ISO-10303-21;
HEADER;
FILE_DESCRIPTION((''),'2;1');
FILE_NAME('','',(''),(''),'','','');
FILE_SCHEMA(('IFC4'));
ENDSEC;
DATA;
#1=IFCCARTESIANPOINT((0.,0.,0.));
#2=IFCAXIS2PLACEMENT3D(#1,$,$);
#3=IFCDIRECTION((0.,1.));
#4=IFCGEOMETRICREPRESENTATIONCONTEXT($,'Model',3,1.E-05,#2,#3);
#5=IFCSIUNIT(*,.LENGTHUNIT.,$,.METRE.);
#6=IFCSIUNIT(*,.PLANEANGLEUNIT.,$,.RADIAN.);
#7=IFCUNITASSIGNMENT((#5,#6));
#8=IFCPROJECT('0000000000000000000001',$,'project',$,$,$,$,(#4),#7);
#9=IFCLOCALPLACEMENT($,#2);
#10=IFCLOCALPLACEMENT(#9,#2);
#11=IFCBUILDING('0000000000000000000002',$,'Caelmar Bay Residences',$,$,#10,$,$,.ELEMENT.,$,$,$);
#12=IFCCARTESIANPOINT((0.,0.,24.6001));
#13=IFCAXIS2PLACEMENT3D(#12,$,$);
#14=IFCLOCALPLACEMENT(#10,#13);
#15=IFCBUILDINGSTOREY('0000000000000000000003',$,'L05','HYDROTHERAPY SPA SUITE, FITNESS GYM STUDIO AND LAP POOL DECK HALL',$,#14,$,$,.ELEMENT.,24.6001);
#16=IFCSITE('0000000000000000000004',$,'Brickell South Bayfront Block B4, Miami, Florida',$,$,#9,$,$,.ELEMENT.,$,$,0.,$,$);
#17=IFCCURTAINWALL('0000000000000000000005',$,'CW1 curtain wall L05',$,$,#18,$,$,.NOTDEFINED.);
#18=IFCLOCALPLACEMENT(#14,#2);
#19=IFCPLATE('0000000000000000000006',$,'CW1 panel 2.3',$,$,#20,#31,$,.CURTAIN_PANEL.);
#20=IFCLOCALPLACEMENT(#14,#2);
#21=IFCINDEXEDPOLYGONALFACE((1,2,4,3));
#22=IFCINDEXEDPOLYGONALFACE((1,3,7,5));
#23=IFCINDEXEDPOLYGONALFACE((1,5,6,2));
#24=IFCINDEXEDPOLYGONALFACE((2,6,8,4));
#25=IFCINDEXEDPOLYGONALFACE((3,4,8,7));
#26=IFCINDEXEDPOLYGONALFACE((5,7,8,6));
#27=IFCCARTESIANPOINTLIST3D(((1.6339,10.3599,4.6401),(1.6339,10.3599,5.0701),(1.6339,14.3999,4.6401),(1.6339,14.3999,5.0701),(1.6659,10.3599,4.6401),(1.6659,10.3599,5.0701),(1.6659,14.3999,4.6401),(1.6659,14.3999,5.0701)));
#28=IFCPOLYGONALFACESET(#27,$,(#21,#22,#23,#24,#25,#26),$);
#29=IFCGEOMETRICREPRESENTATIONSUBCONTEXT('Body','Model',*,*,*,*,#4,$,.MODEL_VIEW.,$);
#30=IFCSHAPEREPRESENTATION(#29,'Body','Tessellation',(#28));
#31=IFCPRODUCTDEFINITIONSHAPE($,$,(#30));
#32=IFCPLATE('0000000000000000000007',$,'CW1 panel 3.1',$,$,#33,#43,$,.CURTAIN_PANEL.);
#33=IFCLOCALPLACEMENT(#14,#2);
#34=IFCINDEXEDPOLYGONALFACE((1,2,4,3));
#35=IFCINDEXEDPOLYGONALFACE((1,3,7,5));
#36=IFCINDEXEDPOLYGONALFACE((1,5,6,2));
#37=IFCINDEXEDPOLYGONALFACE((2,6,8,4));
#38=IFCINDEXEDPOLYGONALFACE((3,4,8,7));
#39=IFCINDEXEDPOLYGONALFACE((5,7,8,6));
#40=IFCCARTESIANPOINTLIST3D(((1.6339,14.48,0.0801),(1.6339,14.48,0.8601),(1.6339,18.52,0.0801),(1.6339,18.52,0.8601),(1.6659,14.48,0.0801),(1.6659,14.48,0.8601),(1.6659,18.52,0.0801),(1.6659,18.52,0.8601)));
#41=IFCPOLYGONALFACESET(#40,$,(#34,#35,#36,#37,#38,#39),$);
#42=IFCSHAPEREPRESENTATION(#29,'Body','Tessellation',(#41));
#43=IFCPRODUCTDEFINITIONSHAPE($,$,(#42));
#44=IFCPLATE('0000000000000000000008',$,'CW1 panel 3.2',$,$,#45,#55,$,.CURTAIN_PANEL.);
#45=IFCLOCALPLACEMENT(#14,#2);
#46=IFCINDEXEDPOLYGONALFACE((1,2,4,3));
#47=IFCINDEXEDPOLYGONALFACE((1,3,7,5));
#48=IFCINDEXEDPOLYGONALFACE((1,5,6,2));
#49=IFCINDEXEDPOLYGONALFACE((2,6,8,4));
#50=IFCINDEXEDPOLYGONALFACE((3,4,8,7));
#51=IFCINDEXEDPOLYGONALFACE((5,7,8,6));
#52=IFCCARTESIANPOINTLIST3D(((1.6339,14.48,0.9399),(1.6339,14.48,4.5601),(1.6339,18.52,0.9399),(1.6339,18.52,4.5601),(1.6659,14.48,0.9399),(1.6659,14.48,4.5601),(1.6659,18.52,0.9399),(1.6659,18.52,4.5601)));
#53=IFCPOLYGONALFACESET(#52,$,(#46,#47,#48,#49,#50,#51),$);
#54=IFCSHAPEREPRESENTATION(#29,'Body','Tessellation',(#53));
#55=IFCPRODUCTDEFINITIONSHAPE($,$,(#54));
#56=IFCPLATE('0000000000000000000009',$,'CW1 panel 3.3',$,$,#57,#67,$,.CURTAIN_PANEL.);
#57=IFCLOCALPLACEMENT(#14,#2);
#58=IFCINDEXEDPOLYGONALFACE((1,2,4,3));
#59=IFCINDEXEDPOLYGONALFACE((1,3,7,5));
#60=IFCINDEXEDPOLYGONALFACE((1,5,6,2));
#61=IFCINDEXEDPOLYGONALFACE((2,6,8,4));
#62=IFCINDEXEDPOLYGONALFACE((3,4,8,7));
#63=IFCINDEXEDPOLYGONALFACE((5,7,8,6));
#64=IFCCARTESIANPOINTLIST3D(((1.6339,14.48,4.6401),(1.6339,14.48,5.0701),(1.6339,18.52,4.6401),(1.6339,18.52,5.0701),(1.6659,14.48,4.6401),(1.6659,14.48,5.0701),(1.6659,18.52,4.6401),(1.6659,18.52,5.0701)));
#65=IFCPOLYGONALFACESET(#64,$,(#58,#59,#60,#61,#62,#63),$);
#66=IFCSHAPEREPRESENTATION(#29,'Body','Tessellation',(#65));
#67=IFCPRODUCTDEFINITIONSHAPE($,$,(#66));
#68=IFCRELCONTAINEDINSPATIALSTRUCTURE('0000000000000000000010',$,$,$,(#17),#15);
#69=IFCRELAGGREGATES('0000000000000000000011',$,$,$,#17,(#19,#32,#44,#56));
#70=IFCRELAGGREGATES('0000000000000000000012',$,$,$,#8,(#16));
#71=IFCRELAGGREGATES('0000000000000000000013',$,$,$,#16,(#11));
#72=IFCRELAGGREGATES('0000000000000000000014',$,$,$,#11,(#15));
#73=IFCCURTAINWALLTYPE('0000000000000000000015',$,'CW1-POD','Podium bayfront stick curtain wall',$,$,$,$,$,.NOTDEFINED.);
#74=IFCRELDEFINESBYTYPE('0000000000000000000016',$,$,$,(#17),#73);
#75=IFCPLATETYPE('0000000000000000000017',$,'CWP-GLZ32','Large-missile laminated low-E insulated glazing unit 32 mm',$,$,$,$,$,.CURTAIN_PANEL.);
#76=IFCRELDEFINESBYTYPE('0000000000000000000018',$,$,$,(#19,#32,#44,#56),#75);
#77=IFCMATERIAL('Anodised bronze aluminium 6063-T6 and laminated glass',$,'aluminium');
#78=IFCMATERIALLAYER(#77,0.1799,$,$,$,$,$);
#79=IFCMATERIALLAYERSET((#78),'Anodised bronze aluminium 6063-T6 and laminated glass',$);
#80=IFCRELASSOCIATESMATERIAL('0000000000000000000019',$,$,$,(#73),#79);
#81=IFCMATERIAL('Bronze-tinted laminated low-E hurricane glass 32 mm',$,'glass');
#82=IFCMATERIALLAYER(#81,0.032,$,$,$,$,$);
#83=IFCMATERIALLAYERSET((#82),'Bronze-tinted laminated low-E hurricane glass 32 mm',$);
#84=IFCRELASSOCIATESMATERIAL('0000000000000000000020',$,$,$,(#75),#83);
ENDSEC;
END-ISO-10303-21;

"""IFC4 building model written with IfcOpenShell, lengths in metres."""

from ifc_helpers import new_model, si_unit, direction, frame, origin, origin_2d, place, context, subcontext, project, spatial, rectangle, extrude, material, layer, layer_set, type_object, element, aggregate, save


model = new_model("IFC4")

# Units and contexts
model_context = context("Model", 3, precision=1e-05, world=origin(), true_north=direction((0.0, 1.0)))
body_context = subcontext(model_context, "Body", "Model", "MODEL_VIEW")
ifc_project = project(units=[si_unit("LENGTHUNIT", "METRE"), si_unit("PLANEANGLEUNIT", "RADIAN")], contexts=[model_context])

# Site, building, storey
site_placement = place(None, origin())
site = spatial("IfcSite", under=ifc_project, at=site_placement, Name="Brickell South Bayfront Block B4, Miami, Florida", CompositionType="ELEMENT", RefElevation=0.0)
building_placement = place(site_placement, origin())
building = spatial("IfcBuilding", under=site, at=building_placement, Name="Caelmar Bay Residences", CompositionType="ELEMENT")
storey_placement = place(building_placement, frame((0.0, 0.0, 24.6001)))
storey = spatial("IfcBuildingStorey", under=building, at=storey_placement, Name="L05", Description="HYDROTHERAPY SPA SUITE, FITNESS GYM STUDIO AND LAP POOL DECK HALL", CompositionType="ELEMENT", Elevation=24.6001)

# Curtain wall, plates
ifc_material_1 = material(Name="Anodised bronze aluminium 6063-T6 and laminated glass", Category="aluminium")
ifc_layer_1 = layer(ifc_material_1, 0.1799)
ifc_layer_set_1 = layer_set([ifc_layer_1], Name="Anodised bronze aluminium 6063-T6 and laminated glass")
curtain_wall_type = type_object("IfcCurtainWallType", Name="CW1-POD", Description="Podium bayfront stick curtain wall", PredefinedType="NOTDEFINED", material=ifc_layer_set_1)
curtain_wall_placement = place(storey_placement, origin())
curtain_wall = element("IfcCurtainWall", 1, at=curtain_wall_placement, inside=storey, type_object=curtain_wall_type, Name="CW1 curtain wall L05", PredefinedType="NOTDEFINED")
ifc_material_2 = material(Name="Bronze-tinted laminated low-E hurricane glass 32 mm", Category="glass")
ifc_layer_2 = layer(ifc_material_2, 0.032)
ifc_layer_set_2 = layer_set([ifc_layer_2], Name="Bronze-tinted laminated low-E hurricane glass 32 mm")
plate_type = type_object("IfcPlateType", Name="CWP-GLZ32", Description="Large-missile laminated low-E insulated glazing unit 32 mm", PredefinedType="CURTAIN_PANEL", material=ifc_layer_set_2)
plate_1_placement = place(storey_placement, frame((1.6499, 12.3799, 4.6401), z_axis=(0.0, 0.0, 1.0), x_axis=(0.0, 1.0, 0.0)))
plate_1 = element("IfcPlate", 2, at=plate_1_placement, type_object=plate_type, Name="CW1 panel 2.3", PredefinedType="CURTAIN_PANEL", context=body_context, shape_type="SweptSolid", body=[
    extrude(rectangle(XDim=4.04, YDim=0.032, at=origin_2d()), origin(), (0.0, 0.0, 1.0), 0.4299),
])
plate_2_placement = place(storey_placement, frame((1.6499, 16.5, 0.0801), z_axis=(0.0, 0.0, 1.0), x_axis=(0.0, 1.0, 0.0)))
plate_2 = element("IfcPlate", 3, at=plate_2_placement, type_object=plate_type, Name="CW1 panel 3.1", PredefinedType="CURTAIN_PANEL", context=body_context, shape_type="SweptSolid", body=[
    extrude(rectangle(XDim=4.04, YDim=0.032, at=origin_2d()), origin(), (0.0, 0.0, 1.0), 0.78),
])
plate_3_placement = place(storey_placement, frame((1.6499, 16.5, 0.9399), z_axis=(0.0, 0.0, 1.0), x_axis=(0.0, 1.0, 0.0)))
plate_3 = element("IfcPlate", 4, at=plate_3_placement, type_object=plate_type, Name="CW1 panel 3.2", PredefinedType="CURTAIN_PANEL", context=body_context, shape_type="SweptSolid", body=[
    extrude(rectangle(XDim=4.04, YDim=0.032, at=origin_2d()), origin(), (0.0, 0.0, 1.0), 3.6201),
])
plate_4_placement = place(storey_placement, frame((1.6499, 16.5, 4.6401), z_axis=(0.0, 0.0, 1.0), x_axis=(0.0, 1.0, 0.0)))
plate_4 = element("IfcPlate", 5, at=plate_4_placement, type_object=plate_type, Name="CW1 panel 3.3", PredefinedType="CURTAIN_PANEL", context=body_context, shape_type="SweptSolid", body=[
    extrude(rectangle(XDim=4.04, YDim=0.032, at=origin_2d()), origin(), (0.0, 0.0, 1.0), 0.4299),
])
aggregate(curtain_wall, [plate_1, plate_2, plate_3, plate_4])

save(model, "model.ifc")
